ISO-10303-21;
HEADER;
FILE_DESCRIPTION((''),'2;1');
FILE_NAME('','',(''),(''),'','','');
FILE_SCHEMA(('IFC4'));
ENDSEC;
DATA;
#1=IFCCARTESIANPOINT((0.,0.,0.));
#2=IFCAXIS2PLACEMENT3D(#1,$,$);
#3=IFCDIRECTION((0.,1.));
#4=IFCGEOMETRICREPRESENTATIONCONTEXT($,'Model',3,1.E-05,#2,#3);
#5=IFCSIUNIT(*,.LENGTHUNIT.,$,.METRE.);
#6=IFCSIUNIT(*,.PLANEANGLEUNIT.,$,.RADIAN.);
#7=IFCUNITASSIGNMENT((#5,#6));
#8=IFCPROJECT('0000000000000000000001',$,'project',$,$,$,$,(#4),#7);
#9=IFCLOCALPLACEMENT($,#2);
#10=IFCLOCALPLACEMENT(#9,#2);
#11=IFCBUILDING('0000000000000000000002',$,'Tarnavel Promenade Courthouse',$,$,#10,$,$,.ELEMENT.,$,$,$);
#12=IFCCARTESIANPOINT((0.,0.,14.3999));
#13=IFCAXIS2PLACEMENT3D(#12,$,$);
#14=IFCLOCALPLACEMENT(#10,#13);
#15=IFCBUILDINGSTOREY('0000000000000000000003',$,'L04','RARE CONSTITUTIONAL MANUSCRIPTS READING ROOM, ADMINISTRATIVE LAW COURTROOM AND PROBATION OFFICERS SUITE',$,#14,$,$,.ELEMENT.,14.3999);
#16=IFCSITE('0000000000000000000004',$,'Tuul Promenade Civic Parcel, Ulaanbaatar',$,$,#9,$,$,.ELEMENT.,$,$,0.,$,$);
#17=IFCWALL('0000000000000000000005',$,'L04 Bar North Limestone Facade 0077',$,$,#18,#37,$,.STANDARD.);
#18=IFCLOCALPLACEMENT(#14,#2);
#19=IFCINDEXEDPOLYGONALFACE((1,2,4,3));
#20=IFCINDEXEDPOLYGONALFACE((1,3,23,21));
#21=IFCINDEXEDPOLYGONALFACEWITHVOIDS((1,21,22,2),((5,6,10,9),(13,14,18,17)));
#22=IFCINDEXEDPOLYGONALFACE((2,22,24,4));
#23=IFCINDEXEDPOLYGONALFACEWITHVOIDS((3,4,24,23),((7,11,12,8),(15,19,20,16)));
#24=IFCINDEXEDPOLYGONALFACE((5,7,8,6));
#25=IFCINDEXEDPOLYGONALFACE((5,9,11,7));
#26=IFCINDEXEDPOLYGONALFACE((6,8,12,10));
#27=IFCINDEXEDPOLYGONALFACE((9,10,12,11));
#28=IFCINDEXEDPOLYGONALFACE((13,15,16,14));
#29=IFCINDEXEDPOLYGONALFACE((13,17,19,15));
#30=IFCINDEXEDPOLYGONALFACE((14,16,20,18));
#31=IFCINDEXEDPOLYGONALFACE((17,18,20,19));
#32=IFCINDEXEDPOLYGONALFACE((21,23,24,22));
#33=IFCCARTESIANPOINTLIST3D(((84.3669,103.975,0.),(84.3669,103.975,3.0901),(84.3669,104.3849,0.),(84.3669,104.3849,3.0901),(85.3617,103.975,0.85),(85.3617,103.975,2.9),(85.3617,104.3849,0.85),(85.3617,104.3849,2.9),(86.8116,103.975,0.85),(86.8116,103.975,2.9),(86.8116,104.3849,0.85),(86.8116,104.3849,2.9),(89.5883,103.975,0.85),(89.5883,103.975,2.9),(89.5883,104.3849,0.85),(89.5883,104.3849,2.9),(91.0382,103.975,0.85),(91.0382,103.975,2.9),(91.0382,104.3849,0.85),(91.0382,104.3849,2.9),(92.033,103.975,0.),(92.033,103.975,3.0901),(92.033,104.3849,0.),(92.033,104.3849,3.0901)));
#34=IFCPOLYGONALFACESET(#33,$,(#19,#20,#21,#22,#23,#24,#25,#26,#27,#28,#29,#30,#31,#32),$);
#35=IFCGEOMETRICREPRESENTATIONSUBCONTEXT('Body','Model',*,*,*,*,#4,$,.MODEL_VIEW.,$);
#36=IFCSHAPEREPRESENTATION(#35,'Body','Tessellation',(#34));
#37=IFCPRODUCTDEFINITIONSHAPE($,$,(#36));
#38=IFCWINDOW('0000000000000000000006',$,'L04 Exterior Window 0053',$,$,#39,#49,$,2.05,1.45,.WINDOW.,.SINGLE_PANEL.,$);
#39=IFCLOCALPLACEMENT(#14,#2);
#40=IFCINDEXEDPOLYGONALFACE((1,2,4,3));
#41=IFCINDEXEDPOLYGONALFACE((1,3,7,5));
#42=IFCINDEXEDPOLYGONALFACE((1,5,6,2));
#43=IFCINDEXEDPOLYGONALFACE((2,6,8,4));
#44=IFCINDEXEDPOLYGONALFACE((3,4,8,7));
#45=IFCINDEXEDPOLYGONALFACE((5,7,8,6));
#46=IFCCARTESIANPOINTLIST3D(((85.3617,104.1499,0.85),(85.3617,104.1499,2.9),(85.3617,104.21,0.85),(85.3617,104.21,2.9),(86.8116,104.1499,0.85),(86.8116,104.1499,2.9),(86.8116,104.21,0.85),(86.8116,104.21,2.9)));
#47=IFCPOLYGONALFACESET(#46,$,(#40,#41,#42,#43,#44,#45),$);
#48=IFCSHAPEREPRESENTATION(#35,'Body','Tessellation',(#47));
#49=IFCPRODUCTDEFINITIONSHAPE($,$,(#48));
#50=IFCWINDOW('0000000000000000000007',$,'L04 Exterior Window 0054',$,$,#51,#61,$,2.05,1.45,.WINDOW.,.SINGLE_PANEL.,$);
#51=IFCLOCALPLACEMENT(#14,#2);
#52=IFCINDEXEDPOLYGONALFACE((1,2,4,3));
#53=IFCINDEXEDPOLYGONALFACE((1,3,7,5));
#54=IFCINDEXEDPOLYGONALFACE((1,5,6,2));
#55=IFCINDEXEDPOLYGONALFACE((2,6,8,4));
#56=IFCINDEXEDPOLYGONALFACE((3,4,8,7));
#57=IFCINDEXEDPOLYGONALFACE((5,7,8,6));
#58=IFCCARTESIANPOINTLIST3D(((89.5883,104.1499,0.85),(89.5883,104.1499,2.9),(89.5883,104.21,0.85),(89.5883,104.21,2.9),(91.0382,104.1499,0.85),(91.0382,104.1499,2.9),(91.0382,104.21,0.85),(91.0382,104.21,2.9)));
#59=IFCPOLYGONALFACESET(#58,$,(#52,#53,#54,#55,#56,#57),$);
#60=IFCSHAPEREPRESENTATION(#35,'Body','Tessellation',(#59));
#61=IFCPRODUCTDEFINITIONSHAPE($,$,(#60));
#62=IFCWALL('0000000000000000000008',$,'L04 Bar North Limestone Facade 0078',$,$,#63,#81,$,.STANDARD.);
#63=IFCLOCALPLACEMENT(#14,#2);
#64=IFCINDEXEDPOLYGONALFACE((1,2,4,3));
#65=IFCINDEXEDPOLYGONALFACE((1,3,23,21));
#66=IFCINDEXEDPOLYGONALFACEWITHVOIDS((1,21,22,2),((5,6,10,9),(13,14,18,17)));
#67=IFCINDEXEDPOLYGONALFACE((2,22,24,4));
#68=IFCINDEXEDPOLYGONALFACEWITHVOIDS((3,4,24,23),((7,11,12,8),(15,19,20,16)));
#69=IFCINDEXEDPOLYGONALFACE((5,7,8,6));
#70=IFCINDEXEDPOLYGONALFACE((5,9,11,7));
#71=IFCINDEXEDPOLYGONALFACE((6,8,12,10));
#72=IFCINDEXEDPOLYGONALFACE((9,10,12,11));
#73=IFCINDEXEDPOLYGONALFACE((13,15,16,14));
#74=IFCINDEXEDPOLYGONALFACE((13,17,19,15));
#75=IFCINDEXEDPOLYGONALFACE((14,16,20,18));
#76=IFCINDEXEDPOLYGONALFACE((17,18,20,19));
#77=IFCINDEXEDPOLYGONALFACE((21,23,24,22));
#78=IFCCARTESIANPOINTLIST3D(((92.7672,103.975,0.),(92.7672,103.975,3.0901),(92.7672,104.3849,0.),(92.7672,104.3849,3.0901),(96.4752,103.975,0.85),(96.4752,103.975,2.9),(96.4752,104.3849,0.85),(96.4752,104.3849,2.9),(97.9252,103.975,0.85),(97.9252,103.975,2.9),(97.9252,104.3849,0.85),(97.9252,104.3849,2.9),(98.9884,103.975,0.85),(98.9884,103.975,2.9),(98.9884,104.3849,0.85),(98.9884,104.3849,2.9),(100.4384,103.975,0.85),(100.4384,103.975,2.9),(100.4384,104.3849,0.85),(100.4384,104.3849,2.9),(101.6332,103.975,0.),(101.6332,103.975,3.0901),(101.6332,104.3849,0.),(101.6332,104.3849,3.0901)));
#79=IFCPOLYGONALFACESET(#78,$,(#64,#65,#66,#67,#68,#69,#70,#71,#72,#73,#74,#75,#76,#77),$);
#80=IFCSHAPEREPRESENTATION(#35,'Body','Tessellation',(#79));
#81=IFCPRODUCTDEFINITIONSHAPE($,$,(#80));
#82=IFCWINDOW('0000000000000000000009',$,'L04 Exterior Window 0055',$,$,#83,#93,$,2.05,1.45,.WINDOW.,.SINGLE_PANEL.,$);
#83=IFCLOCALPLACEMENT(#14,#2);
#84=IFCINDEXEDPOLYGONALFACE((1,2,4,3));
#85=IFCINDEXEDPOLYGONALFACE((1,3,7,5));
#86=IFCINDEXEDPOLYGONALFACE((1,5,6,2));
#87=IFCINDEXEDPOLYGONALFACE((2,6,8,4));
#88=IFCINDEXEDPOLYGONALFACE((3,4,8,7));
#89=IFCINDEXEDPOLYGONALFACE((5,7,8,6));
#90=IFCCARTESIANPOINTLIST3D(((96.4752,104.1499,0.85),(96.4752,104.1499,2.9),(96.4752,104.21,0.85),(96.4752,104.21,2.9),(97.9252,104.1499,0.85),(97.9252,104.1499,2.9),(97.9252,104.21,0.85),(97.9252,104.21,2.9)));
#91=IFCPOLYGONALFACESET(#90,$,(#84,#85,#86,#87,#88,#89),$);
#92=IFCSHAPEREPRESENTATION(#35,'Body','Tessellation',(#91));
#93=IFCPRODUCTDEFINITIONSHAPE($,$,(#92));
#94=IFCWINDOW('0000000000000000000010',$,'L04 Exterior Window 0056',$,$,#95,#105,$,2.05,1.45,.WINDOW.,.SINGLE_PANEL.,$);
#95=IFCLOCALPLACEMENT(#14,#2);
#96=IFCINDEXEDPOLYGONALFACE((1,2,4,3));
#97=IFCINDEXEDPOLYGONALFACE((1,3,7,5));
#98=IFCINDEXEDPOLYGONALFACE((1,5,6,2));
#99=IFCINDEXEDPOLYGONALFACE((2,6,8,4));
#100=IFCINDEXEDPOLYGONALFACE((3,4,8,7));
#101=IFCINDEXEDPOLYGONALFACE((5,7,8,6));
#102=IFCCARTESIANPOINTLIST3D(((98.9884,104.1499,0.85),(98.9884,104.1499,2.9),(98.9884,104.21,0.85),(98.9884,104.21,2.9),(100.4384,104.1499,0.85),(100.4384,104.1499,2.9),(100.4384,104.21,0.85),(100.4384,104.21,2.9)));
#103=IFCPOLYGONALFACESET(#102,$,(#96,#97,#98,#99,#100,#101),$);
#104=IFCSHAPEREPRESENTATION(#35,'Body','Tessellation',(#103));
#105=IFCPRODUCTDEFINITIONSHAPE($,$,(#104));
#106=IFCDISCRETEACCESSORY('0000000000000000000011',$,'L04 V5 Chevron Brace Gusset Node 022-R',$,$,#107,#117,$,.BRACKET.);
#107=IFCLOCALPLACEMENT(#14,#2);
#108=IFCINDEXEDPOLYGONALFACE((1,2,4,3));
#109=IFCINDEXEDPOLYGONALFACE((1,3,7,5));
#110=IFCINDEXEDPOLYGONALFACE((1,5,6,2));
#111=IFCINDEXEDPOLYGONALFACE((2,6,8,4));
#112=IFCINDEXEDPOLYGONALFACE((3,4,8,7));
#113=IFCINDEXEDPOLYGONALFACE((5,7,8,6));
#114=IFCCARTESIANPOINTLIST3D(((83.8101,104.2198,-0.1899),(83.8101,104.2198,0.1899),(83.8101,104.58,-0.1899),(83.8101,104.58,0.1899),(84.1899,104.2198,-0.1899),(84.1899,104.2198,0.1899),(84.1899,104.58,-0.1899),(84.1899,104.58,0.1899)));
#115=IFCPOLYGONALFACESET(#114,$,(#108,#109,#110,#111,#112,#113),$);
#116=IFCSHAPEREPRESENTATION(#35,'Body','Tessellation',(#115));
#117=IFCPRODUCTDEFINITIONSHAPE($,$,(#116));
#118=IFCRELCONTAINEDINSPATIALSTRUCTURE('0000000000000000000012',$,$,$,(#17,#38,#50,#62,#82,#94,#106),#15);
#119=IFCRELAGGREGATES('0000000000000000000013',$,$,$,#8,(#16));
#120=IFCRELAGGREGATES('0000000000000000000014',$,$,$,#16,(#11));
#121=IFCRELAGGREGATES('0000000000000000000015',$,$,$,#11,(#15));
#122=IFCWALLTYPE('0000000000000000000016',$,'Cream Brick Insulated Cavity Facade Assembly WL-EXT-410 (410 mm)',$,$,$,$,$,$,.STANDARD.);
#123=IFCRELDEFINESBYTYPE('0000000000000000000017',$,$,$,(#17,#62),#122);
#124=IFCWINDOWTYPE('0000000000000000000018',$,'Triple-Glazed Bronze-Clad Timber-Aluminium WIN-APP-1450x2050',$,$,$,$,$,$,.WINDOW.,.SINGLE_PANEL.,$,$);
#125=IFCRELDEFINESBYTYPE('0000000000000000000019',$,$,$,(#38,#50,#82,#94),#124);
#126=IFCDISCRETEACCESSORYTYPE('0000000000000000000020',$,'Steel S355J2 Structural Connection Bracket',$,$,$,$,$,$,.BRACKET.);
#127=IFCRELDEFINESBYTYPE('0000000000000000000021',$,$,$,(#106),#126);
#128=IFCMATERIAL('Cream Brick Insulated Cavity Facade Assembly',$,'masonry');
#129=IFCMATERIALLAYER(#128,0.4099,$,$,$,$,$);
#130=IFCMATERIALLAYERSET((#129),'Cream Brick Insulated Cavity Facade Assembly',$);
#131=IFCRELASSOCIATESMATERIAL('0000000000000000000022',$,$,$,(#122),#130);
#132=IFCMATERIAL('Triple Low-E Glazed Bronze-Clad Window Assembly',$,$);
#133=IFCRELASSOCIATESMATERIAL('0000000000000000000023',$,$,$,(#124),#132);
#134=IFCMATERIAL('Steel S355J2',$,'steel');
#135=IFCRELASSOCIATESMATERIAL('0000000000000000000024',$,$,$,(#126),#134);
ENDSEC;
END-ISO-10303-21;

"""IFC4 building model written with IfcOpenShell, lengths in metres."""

from ifc_helpers import new_model, si_unit, direction, frame, frame_2d, origin, origin_2d, place, context, subcontext, project, spatial, rectangle, extrude, material, layer, layer_set, type_object, element, fill, save


model = new_model("IFC4")

# Units and contexts
model_context = context("Model", 3, precision=1e-05, world=origin(), true_north=direction((0.0, 1.0)))
body_context = subcontext(model_context, "Body", "Model", "MODEL_VIEW")
ifc_project = project(units=[si_unit("LENGTHUNIT", "METRE"), si_unit("PLANEANGLEUNIT", "RADIAN")], contexts=[model_context])

# Site, building, storey
site_placement = place(None, origin())
site = spatial("IfcSite", under=ifc_project, at=site_placement, Name="Tuul Promenade Civic Parcel, Ulaanbaatar", CompositionType="ELEMENT", RefElevation=0.0)
building_placement = place(site_placement, origin())
building = spatial("IfcBuilding", under=site, at=building_placement, Name="Tarnavel Promenade Courthouse", CompositionType="ELEMENT")
storey_placement = place(building_placement, frame((0.0, 0.0, 14.3999)))
storey = spatial("IfcBuildingStorey", under=building, at=storey_placement, Name="L04", Description="RARE CONSTITUTIONAL MANUSCRIPTS READING ROOM, ADMINISTRATIVE LAW COURTROOM AND PROBATION OFFICERS SUITE", CompositionType="ELEMENT", Elevation=14.3999)

# Shared definitions
ifc_material_1 = material(Name="Steel S355J2", Category="steel")

# Shared definitions
ifc_material_2 = material(Name="Triple Low-E Glazed Bronze-Clad Window Assembly")

# Walls, openings, windows
ifc_material_3 = material(Name="Cream Brick Insulated Cavity Facade Assembly", Category="masonry")
ifc_layer_1 = layer(ifc_material_3, 0.4099)
ifc_layer_set_1 = layer_set([ifc_layer_1], Name="Cream Brick Insulated Cavity Facade Assembly")
wall_type_1 = type_object("IfcWallType", Name="Cream Brick Insulated Cavity Facade Assembly WL-EXT-410 (410 mm)", PredefinedType="STANDARD", material=ifc_layer_set_1)
wall_1_placement = place(storey_placement, frame((84.3669, 104.1799, 0.0), z_axis=(0.0, 0.0, 1.0), x_axis=(1.0, 0.0, 0.0)))
wall_1 = element("IfcWall", 1, at=wall_1_placement, inside=storey, type_object=wall_type_1, Name="L04 Bar North Limestone Facade 0077", PredefinedType="STANDARD", context=body_context, shape_type="SweptSolid", body=[
    extrude(rectangle(XDim=7.666, YDim=0.4099, at=frame_2d((3.833, 0.0))), origin(), (0.0, 0.0, 1.0), 3.0901),
])
opening_1_placement = place(wall_1_placement, frame((0.9946, 0.0, 0.8501)))
opening_1 = element("IfcOpeningElement", 2, at=opening_1_placement, cuts=wall_1, PredefinedType="OPENING", context=body_context, shape_type="SweptSolid", body=[
    extrude(rectangle(XDim=1.45, YDim=2.05, at=frame_2d((0.7251, 1.0249))), frame((0.0, 0.2148, 0.0), z_axis=(0.0, -1.0, 0.0), x_axis=(1.0, 0.0, 0.0)), (0.0, 0.0, 1.0), 0.4299),
])
opening_2_placement = place(wall_1_placement, frame((5.2212, 0.0, 0.8501)))
opening_2 = element("IfcOpeningElement", 3, at=opening_2_placement, cuts=wall_1, PredefinedType="OPENING", context=body_context, shape_type="SweptSolid", body=[
    extrude(rectangle(XDim=1.45, YDim=2.05, at=frame_2d((0.7251, 1.0249))), frame((0.0, 0.2148, 0.0), z_axis=(0.0, -1.0, 0.0), x_axis=(1.0, 0.0, 0.0)), (0.0, 0.0, 1.0), 0.4299),
])
window_type_1 = type_object("IfcWindowType", Name="Triple-Glazed Bronze-Clad Timber-Aluminium WIN-APP-1450x2050", PartitioningType="SINGLE_PANEL", PredefinedType="WINDOW", material=ifc_material_2)
window_1_placement = place(opening_1_placement, origin())
window_1 = element("IfcWindow", 4, at=window_1_placement, inside=storey, type_object=window_type_1, Name="L04 Exterior Window 0053", OverallHeight=2.05, OverallWidth=1.45, PartitioningType="SINGLE_PANEL", PredefinedType="WINDOW", context=body_context, shape_type="SweptSolid", body=[
    extrude(rectangle(XDim=1.45, YDim=2.05, at=frame_2d((0.7251, 1.0249))), frame((0.0, 0.03, 0.0), z_axis=(0.0, -1.0, 0.0), x_axis=(1.0, 0.0, 0.0)), (0.0, 0.0, 1.0), 0.0601),
])
fill(opening_1, window_1)
window_2_placement = place(opening_2_placement, origin())
window_2 = element("IfcWindow", 5, at=window_2_placement, inside=storey, type_object=window_type_1, Name="L04 Exterior Window 0054", OverallHeight=2.05, OverallWidth=1.45, PartitioningType="SINGLE_PANEL", PredefinedType="WINDOW", context=body_context, shape_type="SweptSolid", body=[
    extrude(rectangle(XDim=1.45, YDim=2.05, at=frame_2d((0.7251, 1.0249))), frame((0.0, 0.03, 0.0), z_axis=(0.0, -1.0, 0.0), x_axis=(1.0, 0.0, 0.0)), (0.0, 0.0, 1.0), 0.0601),
])
fill(opening_2, window_2)
wall_2_placement = place(storey_placement, frame((92.7671, 104.1799, 0.0), z_axis=(0.0, 0.0, 1.0), x_axis=(1.0, 0.0, 0.0)))
wall_2 = element("IfcWall", 6, at=wall_2_placement, inside=storey, type_object=wall_type_1, Name="L04 Bar North Limestone Facade 0078", PredefinedType="STANDARD", context=body_context, shape_type="SweptSolid", body=[
    extrude(rectangle(XDim=8.866, YDim=0.4099, at=frame_2d((4.4331, 0.0))), origin(), (0.0, 0.0, 1.0), 3.0901),
])
opening_3_placement = place(wall_2_placement, frame((3.708, 0.0, 0.8501)))
opening_3 = element("IfcOpeningElement", 7, at=opening_3_placement, cuts=wall_2, PredefinedType="OPENING", context=body_context, shape_type="SweptSolid", body=[
    extrude(rectangle(XDim=1.45, YDim=2.05, at=frame_2d((0.7251, 1.0249))), frame((0.0, 0.2148, 0.0), z_axis=(0.0, -1.0, 0.0), x_axis=(1.0, 0.0, 0.0)), (0.0, 0.0, 1.0), 0.4299),
])
opening_4_placement = place(wall_2_placement, frame((6.2212, 0.0, 0.8501)))
opening_4 = element("IfcOpeningElement", 8, at=opening_4_placement, cuts=wall_2, PredefinedType="OPENING", context=body_context, shape_type="SweptSolid", body=[
    extrude(rectangle(XDim=1.45, YDim=2.05, at=frame_2d((0.7251, 1.0249))), frame((0.0, 0.2148, 0.0), z_axis=(0.0, -1.0, 0.0), x_axis=(1.0, 0.0, 0.0)), (0.0, 0.0, 1.0), 0.4299),
])
window_3_placement = place(opening_3_placement, origin())
window_3 = element("IfcWindow", 9, at=window_3_placement, inside=storey, type_object=window_type_1, Name="L04 Exterior Window 0055", OverallHeight=2.05, OverallWidth=1.45, PartitioningType="SINGLE_PANEL", PredefinedType="WINDOW", context=body_context, shape_type="SweptSolid", body=[
    extrude(rectangle(XDim=1.45, YDim=2.05, at=frame_2d((0.7251, 1.0249))), frame((0.0, 0.03, 0.0), z_axis=(0.0, -1.0, 0.0), x_axis=(1.0, 0.0, 0.0)), (0.0, 0.0, 1.0), 0.0601),
])
fill(opening_3, window_3)
window_4_placement = place(opening_4_placement, origin())
window_4 = element("IfcWindow", 10, at=window_4_placement, inside=storey, type_object=window_type_1, Name="L04 Exterior Window 0056", OverallHeight=2.05, OverallWidth=1.45, PartitioningType="SINGLE_PANEL", PredefinedType="WINDOW", context=body_context, shape_type="SweptSolid", body=[
    extrude(rectangle(XDim=1.45, YDim=2.05, at=frame_2d((0.7251, 1.0249))), frame((0.0, 0.03, 0.0), z_axis=(0.0, -1.0, 0.0), x_axis=(1.0, 0.0, 0.0)), (0.0, 0.0, 1.0), 0.0601),
])
fill(opening_4, window_4)

# Discrete accessory
discrete_accessory_type = type_object("IfcDiscreteAccessoryType", Name="Steel S355J2 Structural Connection Bracket", PredefinedType="BRACKET", material=ifc_material_1)
discrete_accessory_placement = place(storey_placement, frame((84.0, 104.3999, -0.1899), z_axis=(0.0, 0.0, 1.0), x_axis=(1.0, 0.0, 0.0)))
element("IfcDiscreteAccessory", 11, at=discrete_accessory_placement, inside=storey, type_object=discrete_accessory_type, Name="L04 V5 Chevron Brace Gusset Node 022-R", PredefinedType="BRACKET", context=body_context, shape_type="SweptSolid", body=[
    extrude(rectangle(XDim=0.3799, YDim=0.3601, at=origin_2d()), origin(), (0.0, 0.0, 1.0), 0.3799),
])

save(model, "model.ifc")
